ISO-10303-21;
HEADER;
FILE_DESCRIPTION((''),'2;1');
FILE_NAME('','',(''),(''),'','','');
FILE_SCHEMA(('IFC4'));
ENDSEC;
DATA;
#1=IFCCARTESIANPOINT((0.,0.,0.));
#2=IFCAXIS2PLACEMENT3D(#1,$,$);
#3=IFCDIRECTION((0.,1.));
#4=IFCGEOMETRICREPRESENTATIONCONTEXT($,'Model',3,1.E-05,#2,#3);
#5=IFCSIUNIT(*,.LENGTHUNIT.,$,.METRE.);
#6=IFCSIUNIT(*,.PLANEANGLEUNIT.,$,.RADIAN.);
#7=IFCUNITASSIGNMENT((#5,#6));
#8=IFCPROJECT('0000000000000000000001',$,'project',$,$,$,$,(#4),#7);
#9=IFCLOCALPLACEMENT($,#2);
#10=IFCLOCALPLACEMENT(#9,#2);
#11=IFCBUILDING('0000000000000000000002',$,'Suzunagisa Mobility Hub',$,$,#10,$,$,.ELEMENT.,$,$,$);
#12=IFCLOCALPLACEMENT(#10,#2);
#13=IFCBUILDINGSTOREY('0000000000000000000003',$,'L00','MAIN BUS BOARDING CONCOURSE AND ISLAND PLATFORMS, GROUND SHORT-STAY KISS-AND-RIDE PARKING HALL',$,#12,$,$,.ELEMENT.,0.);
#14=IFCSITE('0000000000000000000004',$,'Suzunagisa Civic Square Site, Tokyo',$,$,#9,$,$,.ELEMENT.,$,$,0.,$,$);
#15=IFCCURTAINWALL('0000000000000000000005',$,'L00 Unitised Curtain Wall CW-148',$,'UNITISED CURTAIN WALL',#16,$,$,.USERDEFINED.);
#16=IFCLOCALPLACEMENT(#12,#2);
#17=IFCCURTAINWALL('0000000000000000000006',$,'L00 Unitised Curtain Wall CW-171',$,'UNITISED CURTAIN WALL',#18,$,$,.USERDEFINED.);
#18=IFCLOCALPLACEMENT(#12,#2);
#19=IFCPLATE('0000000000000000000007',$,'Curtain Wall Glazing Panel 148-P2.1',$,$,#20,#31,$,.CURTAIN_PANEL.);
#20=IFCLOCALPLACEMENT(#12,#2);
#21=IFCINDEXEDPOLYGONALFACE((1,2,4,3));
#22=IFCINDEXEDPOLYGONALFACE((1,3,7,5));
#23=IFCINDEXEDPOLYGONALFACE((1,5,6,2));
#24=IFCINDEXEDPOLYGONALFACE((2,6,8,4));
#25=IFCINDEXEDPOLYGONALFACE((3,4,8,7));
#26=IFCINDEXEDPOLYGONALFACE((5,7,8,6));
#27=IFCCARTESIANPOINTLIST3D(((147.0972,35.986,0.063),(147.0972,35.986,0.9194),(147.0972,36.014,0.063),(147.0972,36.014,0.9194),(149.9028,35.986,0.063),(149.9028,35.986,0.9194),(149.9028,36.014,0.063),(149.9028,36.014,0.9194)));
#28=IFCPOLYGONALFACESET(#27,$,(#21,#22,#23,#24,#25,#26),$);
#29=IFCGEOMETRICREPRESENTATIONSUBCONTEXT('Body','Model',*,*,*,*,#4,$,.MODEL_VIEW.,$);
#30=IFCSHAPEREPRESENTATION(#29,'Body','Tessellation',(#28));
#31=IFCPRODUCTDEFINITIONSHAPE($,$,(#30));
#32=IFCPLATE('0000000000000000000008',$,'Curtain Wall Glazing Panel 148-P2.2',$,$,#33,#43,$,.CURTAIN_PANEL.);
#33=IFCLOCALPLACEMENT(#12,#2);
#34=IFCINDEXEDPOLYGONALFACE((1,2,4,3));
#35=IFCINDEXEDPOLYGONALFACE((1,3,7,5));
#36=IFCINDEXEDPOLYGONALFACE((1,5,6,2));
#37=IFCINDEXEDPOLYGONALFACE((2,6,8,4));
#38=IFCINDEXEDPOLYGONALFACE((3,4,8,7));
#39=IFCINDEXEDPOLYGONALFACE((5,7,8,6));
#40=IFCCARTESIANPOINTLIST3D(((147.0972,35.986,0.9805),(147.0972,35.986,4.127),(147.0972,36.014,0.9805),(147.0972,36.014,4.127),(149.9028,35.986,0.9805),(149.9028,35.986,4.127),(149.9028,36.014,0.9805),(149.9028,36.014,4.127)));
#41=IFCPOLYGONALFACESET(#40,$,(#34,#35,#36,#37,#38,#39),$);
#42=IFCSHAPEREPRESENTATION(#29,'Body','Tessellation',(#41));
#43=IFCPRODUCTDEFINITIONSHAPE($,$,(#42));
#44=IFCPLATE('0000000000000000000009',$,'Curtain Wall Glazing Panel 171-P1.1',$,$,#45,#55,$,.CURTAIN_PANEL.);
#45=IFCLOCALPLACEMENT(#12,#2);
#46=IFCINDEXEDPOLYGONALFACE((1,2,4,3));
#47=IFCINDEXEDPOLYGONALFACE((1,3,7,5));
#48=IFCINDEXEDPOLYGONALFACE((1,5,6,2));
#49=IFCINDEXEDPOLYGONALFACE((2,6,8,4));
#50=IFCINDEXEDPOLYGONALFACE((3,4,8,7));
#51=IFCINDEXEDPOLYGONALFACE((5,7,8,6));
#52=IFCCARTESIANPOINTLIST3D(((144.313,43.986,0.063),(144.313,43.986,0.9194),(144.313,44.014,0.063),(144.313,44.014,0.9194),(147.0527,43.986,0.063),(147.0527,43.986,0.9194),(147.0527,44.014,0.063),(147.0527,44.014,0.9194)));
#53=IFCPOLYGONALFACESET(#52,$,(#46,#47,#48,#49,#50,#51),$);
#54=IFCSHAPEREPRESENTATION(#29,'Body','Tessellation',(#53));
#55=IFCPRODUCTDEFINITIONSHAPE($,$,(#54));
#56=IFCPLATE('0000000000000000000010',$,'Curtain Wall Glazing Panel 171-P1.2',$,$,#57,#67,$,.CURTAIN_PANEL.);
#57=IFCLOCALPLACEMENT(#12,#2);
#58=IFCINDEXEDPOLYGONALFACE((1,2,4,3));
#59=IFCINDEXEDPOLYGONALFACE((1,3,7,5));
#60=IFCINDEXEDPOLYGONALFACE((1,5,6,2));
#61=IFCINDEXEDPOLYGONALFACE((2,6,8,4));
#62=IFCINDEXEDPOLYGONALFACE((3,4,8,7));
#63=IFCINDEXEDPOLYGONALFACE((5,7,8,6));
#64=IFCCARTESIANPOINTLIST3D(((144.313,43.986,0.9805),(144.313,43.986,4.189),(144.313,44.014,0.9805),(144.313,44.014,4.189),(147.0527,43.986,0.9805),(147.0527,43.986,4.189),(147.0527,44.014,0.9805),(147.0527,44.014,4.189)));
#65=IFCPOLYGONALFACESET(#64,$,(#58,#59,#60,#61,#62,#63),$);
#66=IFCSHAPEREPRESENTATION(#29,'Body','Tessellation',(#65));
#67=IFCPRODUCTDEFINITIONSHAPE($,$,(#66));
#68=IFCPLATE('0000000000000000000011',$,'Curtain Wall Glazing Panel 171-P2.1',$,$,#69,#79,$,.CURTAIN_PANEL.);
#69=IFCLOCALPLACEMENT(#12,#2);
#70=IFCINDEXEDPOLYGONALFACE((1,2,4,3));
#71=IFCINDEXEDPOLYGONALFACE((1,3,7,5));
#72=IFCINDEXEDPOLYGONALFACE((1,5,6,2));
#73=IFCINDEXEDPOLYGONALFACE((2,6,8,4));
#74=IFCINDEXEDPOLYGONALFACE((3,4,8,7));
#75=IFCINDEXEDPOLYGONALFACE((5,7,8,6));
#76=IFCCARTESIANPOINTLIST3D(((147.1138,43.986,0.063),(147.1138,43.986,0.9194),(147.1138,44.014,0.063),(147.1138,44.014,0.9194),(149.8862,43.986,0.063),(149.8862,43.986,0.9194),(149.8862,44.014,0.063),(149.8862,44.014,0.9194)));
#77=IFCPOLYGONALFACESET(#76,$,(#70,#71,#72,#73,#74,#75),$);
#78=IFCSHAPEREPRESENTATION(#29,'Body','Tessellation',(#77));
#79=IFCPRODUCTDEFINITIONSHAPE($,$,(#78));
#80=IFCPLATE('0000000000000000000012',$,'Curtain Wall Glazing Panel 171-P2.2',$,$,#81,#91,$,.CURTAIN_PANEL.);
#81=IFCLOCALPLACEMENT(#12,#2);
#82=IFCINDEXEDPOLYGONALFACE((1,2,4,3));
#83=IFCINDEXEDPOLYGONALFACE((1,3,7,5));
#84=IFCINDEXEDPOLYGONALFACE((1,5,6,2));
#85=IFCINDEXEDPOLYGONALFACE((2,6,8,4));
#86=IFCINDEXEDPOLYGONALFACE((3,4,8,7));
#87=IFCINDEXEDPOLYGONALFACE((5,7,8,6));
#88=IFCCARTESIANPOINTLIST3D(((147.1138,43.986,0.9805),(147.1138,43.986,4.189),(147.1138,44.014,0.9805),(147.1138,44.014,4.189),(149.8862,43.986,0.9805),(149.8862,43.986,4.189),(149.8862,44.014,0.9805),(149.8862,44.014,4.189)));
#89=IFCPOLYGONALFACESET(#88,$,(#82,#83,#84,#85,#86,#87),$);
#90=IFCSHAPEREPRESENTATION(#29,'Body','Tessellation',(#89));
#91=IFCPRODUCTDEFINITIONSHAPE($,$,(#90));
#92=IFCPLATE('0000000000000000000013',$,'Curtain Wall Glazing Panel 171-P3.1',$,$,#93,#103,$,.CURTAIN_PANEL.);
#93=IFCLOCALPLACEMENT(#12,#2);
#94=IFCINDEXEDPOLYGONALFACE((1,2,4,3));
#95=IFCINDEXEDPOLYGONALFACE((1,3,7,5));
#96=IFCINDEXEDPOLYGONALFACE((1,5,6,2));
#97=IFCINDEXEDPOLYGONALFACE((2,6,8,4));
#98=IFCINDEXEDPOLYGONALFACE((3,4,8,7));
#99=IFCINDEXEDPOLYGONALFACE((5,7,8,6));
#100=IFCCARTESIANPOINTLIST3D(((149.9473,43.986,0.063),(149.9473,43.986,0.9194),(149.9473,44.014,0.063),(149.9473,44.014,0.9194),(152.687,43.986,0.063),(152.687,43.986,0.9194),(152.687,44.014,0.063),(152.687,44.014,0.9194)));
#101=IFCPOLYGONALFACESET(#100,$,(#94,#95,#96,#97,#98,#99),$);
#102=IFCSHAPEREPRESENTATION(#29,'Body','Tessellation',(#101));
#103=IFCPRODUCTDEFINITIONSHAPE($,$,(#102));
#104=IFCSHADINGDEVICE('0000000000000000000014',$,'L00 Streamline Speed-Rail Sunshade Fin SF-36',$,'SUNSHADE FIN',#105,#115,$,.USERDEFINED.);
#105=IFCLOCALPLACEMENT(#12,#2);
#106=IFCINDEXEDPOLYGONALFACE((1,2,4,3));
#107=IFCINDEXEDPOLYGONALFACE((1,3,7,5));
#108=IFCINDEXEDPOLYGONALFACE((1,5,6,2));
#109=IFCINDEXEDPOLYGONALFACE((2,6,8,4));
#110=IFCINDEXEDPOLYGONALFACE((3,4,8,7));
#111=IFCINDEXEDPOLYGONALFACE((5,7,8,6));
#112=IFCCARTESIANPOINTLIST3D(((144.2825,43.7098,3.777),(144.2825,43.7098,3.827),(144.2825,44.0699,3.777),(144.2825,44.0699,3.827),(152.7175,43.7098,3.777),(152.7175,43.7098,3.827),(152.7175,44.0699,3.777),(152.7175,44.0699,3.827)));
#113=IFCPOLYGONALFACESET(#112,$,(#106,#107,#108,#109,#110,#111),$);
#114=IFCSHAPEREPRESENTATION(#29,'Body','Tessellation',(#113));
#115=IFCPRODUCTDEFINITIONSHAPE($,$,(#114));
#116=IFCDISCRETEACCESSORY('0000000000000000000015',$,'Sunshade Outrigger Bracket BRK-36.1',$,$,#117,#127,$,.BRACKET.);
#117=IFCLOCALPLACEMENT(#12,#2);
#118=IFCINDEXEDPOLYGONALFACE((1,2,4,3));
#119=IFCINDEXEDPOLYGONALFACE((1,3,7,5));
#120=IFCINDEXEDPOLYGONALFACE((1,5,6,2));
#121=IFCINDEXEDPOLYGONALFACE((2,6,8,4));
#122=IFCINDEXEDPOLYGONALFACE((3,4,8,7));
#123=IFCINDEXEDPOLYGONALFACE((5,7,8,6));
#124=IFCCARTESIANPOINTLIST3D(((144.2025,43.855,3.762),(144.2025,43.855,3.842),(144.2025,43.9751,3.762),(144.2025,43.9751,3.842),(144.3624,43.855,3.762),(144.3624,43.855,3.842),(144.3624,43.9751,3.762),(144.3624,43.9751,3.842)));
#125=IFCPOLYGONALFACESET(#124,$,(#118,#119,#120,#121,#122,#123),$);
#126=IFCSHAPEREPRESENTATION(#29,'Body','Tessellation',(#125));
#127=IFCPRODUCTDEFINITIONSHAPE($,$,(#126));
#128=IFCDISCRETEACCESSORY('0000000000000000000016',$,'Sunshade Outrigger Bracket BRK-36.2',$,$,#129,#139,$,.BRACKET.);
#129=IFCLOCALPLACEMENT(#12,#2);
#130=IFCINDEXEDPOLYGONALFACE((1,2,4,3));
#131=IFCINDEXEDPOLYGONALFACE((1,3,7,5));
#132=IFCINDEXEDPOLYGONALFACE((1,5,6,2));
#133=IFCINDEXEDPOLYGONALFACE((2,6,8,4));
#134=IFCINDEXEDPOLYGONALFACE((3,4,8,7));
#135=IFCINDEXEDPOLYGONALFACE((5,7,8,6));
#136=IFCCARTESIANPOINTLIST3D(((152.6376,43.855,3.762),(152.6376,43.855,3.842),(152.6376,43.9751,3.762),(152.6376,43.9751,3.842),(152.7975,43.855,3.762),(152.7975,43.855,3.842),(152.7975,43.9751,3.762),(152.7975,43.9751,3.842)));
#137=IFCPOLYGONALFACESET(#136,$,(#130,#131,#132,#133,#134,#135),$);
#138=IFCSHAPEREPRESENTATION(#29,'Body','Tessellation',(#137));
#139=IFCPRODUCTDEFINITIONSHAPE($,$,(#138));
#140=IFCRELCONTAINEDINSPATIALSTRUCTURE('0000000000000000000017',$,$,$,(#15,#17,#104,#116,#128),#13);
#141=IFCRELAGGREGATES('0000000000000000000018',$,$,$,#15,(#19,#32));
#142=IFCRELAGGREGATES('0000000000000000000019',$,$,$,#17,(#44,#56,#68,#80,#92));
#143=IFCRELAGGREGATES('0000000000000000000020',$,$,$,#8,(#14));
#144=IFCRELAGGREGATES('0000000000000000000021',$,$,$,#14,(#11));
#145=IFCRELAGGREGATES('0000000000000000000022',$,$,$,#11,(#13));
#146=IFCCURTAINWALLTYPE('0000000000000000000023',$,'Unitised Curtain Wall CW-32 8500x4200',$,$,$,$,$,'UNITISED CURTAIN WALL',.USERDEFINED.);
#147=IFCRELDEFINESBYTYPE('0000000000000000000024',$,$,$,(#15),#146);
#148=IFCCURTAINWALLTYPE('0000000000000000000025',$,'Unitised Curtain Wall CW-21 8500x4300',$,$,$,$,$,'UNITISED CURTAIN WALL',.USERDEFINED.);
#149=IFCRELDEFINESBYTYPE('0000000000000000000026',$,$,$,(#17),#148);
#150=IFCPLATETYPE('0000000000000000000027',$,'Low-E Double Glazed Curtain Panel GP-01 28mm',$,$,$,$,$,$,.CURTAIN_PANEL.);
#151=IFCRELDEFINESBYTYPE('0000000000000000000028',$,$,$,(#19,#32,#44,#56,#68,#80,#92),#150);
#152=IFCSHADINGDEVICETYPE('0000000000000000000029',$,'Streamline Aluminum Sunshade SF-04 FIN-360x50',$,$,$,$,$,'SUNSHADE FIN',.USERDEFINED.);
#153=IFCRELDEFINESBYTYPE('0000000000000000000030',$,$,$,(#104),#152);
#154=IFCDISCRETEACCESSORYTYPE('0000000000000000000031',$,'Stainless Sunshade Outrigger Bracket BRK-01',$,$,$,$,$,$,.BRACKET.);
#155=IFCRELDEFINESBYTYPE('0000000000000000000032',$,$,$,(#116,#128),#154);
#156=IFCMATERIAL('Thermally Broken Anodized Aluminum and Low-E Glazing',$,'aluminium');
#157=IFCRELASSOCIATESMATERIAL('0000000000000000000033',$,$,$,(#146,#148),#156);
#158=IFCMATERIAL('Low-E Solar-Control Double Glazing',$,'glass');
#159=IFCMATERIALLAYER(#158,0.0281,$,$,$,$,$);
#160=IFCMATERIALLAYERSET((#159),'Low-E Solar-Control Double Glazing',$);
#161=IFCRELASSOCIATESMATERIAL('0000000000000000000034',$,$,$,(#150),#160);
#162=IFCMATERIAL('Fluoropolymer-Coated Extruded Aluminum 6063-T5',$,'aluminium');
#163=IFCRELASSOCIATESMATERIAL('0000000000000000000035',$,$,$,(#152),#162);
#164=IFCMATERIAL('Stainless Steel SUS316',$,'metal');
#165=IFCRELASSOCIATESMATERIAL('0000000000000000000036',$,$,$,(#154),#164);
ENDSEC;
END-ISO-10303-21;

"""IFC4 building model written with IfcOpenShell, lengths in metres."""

from ifc_helpers import new_model, si_unit, direction, frame, origin, origin_2d, place, context, subcontext, project, spatial, rectangle, extrude, material, layer, layer_set, material_profile, profile_set, type_object, element, aggregate, save


model = new_model("IFC4")

# Units and contexts
model_context = context("Model", 3, precision=1e-05, world=origin(), true_north=direction((0.0, 1.0)))
body_context = subcontext(model_context, "Body", "Model", "MODEL_VIEW")
ifc_project = project(units=[si_unit("LENGTHUNIT", "METRE"), si_unit("PLANEANGLEUNIT", "RADIAN")], contexts=[model_context])

# Site, building, storey
site_placement = place(None, origin())
site = spatial("IfcSite", under=ifc_project, at=site_placement, Name="Suzunagisa Civic Square Site, Tokyo", CompositionType="ELEMENT", RefElevation=0.0)
building_placement = place(site_placement, origin())
building = spatial("IfcBuilding", under=site, at=building_placement, Name="Suzunagisa Mobility Hub", CompositionType="ELEMENT")
storey_placement = place(building_placement, origin())
storey = spatial("IfcBuildingStorey", under=building, at=storey_placement, Name="L00", Description="MAIN BUS BOARDING CONCOURSE AND ISLAND PLATFORMS, GROUND SHORT-STAY KISS-AND-RIDE PARKING HALL", CompositionType="ELEMENT", Elevation=0.0)

# Curtain walls
ifc_material_1 = material(Name="Thermally Broken Anodized Aluminum and Low-E Glazing", Category="aluminium")
curtain_wall_type_1 = type_object("IfcCurtainWallType", Name="Unitised Curtain Wall CW-32 8500x4200", ElementType="UNITISED CURTAIN WALL", PredefinedType="USERDEFINED", material=ifc_material_1)
curtain_wall_1_placement = place(storey_placement, origin())
curtain_wall_1 = element("IfcCurtainWall", 1, at=curtain_wall_1_placement, inside=storey, type_object=curtain_wall_type_1, Name="L00 Unitised Curtain Wall CW-148", ObjectType="UNITISED CURTAIN WALL", PredefinedType="USERDEFINED")
curtain_wall_type_2 = type_object("IfcCurtainWallType", Name="Unitised Curtain Wall CW-21 8500x4300", ElementType="UNITISED CURTAIN WALL", PredefinedType="USERDEFINED", material=ifc_material_1)
curtain_wall_2_placement = place(storey_placement, origin())
curtain_wall_2 = element("IfcCurtainWall", 2, at=curtain_wall_2_placement, inside=storey, type_object=curtain_wall_type_2, Name="L00 Unitised Curtain Wall CW-171", ObjectType="UNITISED CURTAIN WALL", PredefinedType="USERDEFINED")

# Plates
ifc_material_2 = material(Name="Low-E Solar-Control Double Glazing", Category="glass")
ifc_layer = layer(ifc_material_2, 0.0281)
ifc_layer_set = layer_set([ifc_layer], Name="Low-E Solar-Control Double Glazing")
plate_type = type_object("IfcPlateType", Name="Low-E Double Glazed Curtain Panel GP-01 28mm", PredefinedType="CURTAIN_PANEL", material=ifc_layer_set)
plate_1_placement = place(storey_placement, frame((148.5, 36.0, 0.063), z_axis=(0.0, 0.0, 1.0), x_axis=(-1.0, 0.0, 0.0)))
plate_1 = element("IfcPlate", 3, at=plate_1_placement, type_object=plate_type, Name="Curtain Wall Glazing Panel 148-P2.1", PredefinedType="CURTAIN_PANEL", context=body_context, shape_type="SweptSolid", body=[
    extrude(rectangle(XDim=2.8057, YDim=0.0281, at=origin_2d()), origin(), (0.0, 0.0, 1.0), 0.8564),
])
plate_2_placement = place(storey_placement, frame((148.5, 36.0, 0.9805), z_axis=(0.0, 0.0, 1.0), x_axis=(-1.0, 0.0, 0.0)))
plate_2 = element("IfcPlate", 4, at=plate_2_placement, type_object=plate_type, Name="Curtain Wall Glazing Panel 148-P2.2", PredefinedType="CURTAIN_PANEL", context=body_context, shape_type="SweptSolid", body=[
    extrude(rectangle(XDim=2.8057, YDim=0.0281, at=origin_2d()), origin(), (0.0, 0.0, 1.0), 3.1465),
])
aggregate(curtain_wall_1, [plate_1, plate_2])
plate_3_placement = place(storey_placement, frame((145.6829, 44.0, 0.063), z_axis=(0.0, 0.0, 1.0), x_axis=(1.0, 0.0, 0.0)))
plate_3 = element("IfcPlate", 5, at=plate_3_placement, type_object=plate_type, Name="Curtain Wall Glazing Panel 171-P1.1", PredefinedType="CURTAIN_PANEL", context=body_context, shape_type="SweptSolid", body=[
    extrude(rectangle(XDim=2.7397, YDim=0.0281, at=origin_2d()), origin(), (0.0, 0.0, 1.0), 0.8564),
])
plate_4_placement = place(storey_placement, frame((145.6829, 44.0, 0.9805), z_axis=(0.0, 0.0, 1.0), x_axis=(1.0, 0.0, 0.0)))
plate_4 = element("IfcPlate", 6, at=plate_4_placement, type_object=plate_type, Name="Curtain Wall Glazing Panel 171-P1.2", PredefinedType="CURTAIN_PANEL", context=body_context, shape_type="SweptSolid", body=[
    extrude(rectangle(XDim=2.7397, YDim=0.0281, at=origin_2d()), origin(), (0.0, 0.0, 1.0), 3.2085),
])
plate_5_placement = place(storey_placement, frame((148.5, 44.0, 0.063), z_axis=(0.0, 0.0, 1.0), x_axis=(1.0, 0.0, 0.0)))
plate_5 = element("IfcPlate", 7, at=plate_5_placement, type_object=plate_type, Name="Curtain Wall Glazing Panel 171-P2.1", PredefinedType="CURTAIN_PANEL", context=body_context, shape_type="SweptSolid", body=[
    extrude(rectangle(XDim=2.7725, YDim=0.0281, at=origin_2d()), origin(), (0.0, 0.0, 1.0), 0.8564),
])
plate_6_placement = place(storey_placement, frame((148.5, 44.0, 0.9805), z_axis=(0.0, 0.0, 1.0), x_axis=(1.0, 0.0, 0.0)))
plate_6 = element("IfcPlate", 8, at=plate_6_placement, type_object=plate_type, Name="Curtain Wall Glazing Panel 171-P2.2", PredefinedType="CURTAIN_PANEL", context=body_context, shape_type="SweptSolid", body=[
    extrude(rectangle(XDim=2.7725, YDim=0.0281, at=origin_2d()), origin(), (0.0, 0.0, 1.0), 3.2085),
])
plate_7_placement = place(storey_placement, frame((151.3171, 44.0, 0.063), z_axis=(0.0, 0.0, 1.0), x_axis=(1.0, 0.0, 0.0)))
plate_7 = element("IfcPlate", 9, at=plate_7_placement, type_object=plate_type, Name="Curtain Wall Glazing Panel 171-P3.1", PredefinedType="CURTAIN_PANEL", context=body_context, shape_type="SweptSolid", body=[
    extrude(rectangle(XDim=2.7397, YDim=0.0281, at=origin_2d()), origin(), (0.0, 0.0, 1.0), 0.8564),
])
aggregate(curtain_wall_2, [plate_3, plate_4, plate_5, plate_6, plate_7])

# Shading device
ifc_material_3 = material(Name="Fluoropolymer-Coated Extruded Aluminum 6063-T5", Category="aluminium")
ifc_material_profile_1 = material_profile(ifc_material_3, rectangle(XDim=0.3601, YDim=0.05, at=origin_2d()), Name="FIN-360x50")
ifc_profile_set_1 = profile_set([ifc_material_profile_1], Name="Fluoropolymer-Coated Extruded Aluminum 6063-T5")
shading_device_type = type_object("IfcShadingDeviceType", Name="Streamline Aluminum Sunshade SF-04 FIN-360x50", ElementType="SUNSHADE FIN", PredefinedType="USERDEFINED", material=ifc_profile_set_1)
shading_device_placement = place(storey_placement, frame((144.2825, 43.8899, 3.802), z_axis=(1.0, 0.0, 0.0), x_axis=(0.0, 1.0, 0.0)))
element("IfcShadingDevice", 10, at=shading_device_placement, inside=storey, type_object=shading_device_type, Name="L00 Streamline Speed-Rail Sunshade Fin SF-36", ObjectType="SUNSHADE FIN", PredefinedType="USERDEFINED", context=body_context, shape_type="SweptSolid", body=[
    extrude(rectangle(XDim=0.3601, YDim=0.05, at=origin_2d()), origin(), (0.0, 0.0, 1.0), 8.4351),
])

# Discrete accessories
ifc_material_4 = material(Name="Stainless Steel SUS316", Category="metal")
discrete_accessory_type = type_object("IfcDiscreteAccessoryType", Name="Stainless Sunshade Outrigger Bracket BRK-01", PredefinedType="BRACKET", material=ifc_material_4)
for number, where, z_axis, x_axis, name in (
    (11, (144.2825, 43.915, 3.762), (0.0, 0.0, 1.0), (1.0, 0.0, 0.0), "Sunshade Outrigger Bracket BRK-36.1"),
    (12, (152.7175, 43.915, 3.762), (0.0, 0.0, 1.0), (1.0, 0.0, 0.0), "Sunshade Outrigger Bracket BRK-36.2"),
):
    element("IfcDiscreteAccessory", number, at=place(storey_placement, frame(where, z_axis=z_axis, x_axis=x_axis)), inside=storey, type_object=discrete_accessory_type, Name=name, PredefinedType="BRACKET", context=body_context, shape_type="SweptSolid", body=[
        extrude(rectangle(XDim=0.1599, YDim=0.1201, at=origin_2d()), origin(), (0.0, 0.0, 1.0), 0.0801),
    ])

save(model, "model.ifc")
